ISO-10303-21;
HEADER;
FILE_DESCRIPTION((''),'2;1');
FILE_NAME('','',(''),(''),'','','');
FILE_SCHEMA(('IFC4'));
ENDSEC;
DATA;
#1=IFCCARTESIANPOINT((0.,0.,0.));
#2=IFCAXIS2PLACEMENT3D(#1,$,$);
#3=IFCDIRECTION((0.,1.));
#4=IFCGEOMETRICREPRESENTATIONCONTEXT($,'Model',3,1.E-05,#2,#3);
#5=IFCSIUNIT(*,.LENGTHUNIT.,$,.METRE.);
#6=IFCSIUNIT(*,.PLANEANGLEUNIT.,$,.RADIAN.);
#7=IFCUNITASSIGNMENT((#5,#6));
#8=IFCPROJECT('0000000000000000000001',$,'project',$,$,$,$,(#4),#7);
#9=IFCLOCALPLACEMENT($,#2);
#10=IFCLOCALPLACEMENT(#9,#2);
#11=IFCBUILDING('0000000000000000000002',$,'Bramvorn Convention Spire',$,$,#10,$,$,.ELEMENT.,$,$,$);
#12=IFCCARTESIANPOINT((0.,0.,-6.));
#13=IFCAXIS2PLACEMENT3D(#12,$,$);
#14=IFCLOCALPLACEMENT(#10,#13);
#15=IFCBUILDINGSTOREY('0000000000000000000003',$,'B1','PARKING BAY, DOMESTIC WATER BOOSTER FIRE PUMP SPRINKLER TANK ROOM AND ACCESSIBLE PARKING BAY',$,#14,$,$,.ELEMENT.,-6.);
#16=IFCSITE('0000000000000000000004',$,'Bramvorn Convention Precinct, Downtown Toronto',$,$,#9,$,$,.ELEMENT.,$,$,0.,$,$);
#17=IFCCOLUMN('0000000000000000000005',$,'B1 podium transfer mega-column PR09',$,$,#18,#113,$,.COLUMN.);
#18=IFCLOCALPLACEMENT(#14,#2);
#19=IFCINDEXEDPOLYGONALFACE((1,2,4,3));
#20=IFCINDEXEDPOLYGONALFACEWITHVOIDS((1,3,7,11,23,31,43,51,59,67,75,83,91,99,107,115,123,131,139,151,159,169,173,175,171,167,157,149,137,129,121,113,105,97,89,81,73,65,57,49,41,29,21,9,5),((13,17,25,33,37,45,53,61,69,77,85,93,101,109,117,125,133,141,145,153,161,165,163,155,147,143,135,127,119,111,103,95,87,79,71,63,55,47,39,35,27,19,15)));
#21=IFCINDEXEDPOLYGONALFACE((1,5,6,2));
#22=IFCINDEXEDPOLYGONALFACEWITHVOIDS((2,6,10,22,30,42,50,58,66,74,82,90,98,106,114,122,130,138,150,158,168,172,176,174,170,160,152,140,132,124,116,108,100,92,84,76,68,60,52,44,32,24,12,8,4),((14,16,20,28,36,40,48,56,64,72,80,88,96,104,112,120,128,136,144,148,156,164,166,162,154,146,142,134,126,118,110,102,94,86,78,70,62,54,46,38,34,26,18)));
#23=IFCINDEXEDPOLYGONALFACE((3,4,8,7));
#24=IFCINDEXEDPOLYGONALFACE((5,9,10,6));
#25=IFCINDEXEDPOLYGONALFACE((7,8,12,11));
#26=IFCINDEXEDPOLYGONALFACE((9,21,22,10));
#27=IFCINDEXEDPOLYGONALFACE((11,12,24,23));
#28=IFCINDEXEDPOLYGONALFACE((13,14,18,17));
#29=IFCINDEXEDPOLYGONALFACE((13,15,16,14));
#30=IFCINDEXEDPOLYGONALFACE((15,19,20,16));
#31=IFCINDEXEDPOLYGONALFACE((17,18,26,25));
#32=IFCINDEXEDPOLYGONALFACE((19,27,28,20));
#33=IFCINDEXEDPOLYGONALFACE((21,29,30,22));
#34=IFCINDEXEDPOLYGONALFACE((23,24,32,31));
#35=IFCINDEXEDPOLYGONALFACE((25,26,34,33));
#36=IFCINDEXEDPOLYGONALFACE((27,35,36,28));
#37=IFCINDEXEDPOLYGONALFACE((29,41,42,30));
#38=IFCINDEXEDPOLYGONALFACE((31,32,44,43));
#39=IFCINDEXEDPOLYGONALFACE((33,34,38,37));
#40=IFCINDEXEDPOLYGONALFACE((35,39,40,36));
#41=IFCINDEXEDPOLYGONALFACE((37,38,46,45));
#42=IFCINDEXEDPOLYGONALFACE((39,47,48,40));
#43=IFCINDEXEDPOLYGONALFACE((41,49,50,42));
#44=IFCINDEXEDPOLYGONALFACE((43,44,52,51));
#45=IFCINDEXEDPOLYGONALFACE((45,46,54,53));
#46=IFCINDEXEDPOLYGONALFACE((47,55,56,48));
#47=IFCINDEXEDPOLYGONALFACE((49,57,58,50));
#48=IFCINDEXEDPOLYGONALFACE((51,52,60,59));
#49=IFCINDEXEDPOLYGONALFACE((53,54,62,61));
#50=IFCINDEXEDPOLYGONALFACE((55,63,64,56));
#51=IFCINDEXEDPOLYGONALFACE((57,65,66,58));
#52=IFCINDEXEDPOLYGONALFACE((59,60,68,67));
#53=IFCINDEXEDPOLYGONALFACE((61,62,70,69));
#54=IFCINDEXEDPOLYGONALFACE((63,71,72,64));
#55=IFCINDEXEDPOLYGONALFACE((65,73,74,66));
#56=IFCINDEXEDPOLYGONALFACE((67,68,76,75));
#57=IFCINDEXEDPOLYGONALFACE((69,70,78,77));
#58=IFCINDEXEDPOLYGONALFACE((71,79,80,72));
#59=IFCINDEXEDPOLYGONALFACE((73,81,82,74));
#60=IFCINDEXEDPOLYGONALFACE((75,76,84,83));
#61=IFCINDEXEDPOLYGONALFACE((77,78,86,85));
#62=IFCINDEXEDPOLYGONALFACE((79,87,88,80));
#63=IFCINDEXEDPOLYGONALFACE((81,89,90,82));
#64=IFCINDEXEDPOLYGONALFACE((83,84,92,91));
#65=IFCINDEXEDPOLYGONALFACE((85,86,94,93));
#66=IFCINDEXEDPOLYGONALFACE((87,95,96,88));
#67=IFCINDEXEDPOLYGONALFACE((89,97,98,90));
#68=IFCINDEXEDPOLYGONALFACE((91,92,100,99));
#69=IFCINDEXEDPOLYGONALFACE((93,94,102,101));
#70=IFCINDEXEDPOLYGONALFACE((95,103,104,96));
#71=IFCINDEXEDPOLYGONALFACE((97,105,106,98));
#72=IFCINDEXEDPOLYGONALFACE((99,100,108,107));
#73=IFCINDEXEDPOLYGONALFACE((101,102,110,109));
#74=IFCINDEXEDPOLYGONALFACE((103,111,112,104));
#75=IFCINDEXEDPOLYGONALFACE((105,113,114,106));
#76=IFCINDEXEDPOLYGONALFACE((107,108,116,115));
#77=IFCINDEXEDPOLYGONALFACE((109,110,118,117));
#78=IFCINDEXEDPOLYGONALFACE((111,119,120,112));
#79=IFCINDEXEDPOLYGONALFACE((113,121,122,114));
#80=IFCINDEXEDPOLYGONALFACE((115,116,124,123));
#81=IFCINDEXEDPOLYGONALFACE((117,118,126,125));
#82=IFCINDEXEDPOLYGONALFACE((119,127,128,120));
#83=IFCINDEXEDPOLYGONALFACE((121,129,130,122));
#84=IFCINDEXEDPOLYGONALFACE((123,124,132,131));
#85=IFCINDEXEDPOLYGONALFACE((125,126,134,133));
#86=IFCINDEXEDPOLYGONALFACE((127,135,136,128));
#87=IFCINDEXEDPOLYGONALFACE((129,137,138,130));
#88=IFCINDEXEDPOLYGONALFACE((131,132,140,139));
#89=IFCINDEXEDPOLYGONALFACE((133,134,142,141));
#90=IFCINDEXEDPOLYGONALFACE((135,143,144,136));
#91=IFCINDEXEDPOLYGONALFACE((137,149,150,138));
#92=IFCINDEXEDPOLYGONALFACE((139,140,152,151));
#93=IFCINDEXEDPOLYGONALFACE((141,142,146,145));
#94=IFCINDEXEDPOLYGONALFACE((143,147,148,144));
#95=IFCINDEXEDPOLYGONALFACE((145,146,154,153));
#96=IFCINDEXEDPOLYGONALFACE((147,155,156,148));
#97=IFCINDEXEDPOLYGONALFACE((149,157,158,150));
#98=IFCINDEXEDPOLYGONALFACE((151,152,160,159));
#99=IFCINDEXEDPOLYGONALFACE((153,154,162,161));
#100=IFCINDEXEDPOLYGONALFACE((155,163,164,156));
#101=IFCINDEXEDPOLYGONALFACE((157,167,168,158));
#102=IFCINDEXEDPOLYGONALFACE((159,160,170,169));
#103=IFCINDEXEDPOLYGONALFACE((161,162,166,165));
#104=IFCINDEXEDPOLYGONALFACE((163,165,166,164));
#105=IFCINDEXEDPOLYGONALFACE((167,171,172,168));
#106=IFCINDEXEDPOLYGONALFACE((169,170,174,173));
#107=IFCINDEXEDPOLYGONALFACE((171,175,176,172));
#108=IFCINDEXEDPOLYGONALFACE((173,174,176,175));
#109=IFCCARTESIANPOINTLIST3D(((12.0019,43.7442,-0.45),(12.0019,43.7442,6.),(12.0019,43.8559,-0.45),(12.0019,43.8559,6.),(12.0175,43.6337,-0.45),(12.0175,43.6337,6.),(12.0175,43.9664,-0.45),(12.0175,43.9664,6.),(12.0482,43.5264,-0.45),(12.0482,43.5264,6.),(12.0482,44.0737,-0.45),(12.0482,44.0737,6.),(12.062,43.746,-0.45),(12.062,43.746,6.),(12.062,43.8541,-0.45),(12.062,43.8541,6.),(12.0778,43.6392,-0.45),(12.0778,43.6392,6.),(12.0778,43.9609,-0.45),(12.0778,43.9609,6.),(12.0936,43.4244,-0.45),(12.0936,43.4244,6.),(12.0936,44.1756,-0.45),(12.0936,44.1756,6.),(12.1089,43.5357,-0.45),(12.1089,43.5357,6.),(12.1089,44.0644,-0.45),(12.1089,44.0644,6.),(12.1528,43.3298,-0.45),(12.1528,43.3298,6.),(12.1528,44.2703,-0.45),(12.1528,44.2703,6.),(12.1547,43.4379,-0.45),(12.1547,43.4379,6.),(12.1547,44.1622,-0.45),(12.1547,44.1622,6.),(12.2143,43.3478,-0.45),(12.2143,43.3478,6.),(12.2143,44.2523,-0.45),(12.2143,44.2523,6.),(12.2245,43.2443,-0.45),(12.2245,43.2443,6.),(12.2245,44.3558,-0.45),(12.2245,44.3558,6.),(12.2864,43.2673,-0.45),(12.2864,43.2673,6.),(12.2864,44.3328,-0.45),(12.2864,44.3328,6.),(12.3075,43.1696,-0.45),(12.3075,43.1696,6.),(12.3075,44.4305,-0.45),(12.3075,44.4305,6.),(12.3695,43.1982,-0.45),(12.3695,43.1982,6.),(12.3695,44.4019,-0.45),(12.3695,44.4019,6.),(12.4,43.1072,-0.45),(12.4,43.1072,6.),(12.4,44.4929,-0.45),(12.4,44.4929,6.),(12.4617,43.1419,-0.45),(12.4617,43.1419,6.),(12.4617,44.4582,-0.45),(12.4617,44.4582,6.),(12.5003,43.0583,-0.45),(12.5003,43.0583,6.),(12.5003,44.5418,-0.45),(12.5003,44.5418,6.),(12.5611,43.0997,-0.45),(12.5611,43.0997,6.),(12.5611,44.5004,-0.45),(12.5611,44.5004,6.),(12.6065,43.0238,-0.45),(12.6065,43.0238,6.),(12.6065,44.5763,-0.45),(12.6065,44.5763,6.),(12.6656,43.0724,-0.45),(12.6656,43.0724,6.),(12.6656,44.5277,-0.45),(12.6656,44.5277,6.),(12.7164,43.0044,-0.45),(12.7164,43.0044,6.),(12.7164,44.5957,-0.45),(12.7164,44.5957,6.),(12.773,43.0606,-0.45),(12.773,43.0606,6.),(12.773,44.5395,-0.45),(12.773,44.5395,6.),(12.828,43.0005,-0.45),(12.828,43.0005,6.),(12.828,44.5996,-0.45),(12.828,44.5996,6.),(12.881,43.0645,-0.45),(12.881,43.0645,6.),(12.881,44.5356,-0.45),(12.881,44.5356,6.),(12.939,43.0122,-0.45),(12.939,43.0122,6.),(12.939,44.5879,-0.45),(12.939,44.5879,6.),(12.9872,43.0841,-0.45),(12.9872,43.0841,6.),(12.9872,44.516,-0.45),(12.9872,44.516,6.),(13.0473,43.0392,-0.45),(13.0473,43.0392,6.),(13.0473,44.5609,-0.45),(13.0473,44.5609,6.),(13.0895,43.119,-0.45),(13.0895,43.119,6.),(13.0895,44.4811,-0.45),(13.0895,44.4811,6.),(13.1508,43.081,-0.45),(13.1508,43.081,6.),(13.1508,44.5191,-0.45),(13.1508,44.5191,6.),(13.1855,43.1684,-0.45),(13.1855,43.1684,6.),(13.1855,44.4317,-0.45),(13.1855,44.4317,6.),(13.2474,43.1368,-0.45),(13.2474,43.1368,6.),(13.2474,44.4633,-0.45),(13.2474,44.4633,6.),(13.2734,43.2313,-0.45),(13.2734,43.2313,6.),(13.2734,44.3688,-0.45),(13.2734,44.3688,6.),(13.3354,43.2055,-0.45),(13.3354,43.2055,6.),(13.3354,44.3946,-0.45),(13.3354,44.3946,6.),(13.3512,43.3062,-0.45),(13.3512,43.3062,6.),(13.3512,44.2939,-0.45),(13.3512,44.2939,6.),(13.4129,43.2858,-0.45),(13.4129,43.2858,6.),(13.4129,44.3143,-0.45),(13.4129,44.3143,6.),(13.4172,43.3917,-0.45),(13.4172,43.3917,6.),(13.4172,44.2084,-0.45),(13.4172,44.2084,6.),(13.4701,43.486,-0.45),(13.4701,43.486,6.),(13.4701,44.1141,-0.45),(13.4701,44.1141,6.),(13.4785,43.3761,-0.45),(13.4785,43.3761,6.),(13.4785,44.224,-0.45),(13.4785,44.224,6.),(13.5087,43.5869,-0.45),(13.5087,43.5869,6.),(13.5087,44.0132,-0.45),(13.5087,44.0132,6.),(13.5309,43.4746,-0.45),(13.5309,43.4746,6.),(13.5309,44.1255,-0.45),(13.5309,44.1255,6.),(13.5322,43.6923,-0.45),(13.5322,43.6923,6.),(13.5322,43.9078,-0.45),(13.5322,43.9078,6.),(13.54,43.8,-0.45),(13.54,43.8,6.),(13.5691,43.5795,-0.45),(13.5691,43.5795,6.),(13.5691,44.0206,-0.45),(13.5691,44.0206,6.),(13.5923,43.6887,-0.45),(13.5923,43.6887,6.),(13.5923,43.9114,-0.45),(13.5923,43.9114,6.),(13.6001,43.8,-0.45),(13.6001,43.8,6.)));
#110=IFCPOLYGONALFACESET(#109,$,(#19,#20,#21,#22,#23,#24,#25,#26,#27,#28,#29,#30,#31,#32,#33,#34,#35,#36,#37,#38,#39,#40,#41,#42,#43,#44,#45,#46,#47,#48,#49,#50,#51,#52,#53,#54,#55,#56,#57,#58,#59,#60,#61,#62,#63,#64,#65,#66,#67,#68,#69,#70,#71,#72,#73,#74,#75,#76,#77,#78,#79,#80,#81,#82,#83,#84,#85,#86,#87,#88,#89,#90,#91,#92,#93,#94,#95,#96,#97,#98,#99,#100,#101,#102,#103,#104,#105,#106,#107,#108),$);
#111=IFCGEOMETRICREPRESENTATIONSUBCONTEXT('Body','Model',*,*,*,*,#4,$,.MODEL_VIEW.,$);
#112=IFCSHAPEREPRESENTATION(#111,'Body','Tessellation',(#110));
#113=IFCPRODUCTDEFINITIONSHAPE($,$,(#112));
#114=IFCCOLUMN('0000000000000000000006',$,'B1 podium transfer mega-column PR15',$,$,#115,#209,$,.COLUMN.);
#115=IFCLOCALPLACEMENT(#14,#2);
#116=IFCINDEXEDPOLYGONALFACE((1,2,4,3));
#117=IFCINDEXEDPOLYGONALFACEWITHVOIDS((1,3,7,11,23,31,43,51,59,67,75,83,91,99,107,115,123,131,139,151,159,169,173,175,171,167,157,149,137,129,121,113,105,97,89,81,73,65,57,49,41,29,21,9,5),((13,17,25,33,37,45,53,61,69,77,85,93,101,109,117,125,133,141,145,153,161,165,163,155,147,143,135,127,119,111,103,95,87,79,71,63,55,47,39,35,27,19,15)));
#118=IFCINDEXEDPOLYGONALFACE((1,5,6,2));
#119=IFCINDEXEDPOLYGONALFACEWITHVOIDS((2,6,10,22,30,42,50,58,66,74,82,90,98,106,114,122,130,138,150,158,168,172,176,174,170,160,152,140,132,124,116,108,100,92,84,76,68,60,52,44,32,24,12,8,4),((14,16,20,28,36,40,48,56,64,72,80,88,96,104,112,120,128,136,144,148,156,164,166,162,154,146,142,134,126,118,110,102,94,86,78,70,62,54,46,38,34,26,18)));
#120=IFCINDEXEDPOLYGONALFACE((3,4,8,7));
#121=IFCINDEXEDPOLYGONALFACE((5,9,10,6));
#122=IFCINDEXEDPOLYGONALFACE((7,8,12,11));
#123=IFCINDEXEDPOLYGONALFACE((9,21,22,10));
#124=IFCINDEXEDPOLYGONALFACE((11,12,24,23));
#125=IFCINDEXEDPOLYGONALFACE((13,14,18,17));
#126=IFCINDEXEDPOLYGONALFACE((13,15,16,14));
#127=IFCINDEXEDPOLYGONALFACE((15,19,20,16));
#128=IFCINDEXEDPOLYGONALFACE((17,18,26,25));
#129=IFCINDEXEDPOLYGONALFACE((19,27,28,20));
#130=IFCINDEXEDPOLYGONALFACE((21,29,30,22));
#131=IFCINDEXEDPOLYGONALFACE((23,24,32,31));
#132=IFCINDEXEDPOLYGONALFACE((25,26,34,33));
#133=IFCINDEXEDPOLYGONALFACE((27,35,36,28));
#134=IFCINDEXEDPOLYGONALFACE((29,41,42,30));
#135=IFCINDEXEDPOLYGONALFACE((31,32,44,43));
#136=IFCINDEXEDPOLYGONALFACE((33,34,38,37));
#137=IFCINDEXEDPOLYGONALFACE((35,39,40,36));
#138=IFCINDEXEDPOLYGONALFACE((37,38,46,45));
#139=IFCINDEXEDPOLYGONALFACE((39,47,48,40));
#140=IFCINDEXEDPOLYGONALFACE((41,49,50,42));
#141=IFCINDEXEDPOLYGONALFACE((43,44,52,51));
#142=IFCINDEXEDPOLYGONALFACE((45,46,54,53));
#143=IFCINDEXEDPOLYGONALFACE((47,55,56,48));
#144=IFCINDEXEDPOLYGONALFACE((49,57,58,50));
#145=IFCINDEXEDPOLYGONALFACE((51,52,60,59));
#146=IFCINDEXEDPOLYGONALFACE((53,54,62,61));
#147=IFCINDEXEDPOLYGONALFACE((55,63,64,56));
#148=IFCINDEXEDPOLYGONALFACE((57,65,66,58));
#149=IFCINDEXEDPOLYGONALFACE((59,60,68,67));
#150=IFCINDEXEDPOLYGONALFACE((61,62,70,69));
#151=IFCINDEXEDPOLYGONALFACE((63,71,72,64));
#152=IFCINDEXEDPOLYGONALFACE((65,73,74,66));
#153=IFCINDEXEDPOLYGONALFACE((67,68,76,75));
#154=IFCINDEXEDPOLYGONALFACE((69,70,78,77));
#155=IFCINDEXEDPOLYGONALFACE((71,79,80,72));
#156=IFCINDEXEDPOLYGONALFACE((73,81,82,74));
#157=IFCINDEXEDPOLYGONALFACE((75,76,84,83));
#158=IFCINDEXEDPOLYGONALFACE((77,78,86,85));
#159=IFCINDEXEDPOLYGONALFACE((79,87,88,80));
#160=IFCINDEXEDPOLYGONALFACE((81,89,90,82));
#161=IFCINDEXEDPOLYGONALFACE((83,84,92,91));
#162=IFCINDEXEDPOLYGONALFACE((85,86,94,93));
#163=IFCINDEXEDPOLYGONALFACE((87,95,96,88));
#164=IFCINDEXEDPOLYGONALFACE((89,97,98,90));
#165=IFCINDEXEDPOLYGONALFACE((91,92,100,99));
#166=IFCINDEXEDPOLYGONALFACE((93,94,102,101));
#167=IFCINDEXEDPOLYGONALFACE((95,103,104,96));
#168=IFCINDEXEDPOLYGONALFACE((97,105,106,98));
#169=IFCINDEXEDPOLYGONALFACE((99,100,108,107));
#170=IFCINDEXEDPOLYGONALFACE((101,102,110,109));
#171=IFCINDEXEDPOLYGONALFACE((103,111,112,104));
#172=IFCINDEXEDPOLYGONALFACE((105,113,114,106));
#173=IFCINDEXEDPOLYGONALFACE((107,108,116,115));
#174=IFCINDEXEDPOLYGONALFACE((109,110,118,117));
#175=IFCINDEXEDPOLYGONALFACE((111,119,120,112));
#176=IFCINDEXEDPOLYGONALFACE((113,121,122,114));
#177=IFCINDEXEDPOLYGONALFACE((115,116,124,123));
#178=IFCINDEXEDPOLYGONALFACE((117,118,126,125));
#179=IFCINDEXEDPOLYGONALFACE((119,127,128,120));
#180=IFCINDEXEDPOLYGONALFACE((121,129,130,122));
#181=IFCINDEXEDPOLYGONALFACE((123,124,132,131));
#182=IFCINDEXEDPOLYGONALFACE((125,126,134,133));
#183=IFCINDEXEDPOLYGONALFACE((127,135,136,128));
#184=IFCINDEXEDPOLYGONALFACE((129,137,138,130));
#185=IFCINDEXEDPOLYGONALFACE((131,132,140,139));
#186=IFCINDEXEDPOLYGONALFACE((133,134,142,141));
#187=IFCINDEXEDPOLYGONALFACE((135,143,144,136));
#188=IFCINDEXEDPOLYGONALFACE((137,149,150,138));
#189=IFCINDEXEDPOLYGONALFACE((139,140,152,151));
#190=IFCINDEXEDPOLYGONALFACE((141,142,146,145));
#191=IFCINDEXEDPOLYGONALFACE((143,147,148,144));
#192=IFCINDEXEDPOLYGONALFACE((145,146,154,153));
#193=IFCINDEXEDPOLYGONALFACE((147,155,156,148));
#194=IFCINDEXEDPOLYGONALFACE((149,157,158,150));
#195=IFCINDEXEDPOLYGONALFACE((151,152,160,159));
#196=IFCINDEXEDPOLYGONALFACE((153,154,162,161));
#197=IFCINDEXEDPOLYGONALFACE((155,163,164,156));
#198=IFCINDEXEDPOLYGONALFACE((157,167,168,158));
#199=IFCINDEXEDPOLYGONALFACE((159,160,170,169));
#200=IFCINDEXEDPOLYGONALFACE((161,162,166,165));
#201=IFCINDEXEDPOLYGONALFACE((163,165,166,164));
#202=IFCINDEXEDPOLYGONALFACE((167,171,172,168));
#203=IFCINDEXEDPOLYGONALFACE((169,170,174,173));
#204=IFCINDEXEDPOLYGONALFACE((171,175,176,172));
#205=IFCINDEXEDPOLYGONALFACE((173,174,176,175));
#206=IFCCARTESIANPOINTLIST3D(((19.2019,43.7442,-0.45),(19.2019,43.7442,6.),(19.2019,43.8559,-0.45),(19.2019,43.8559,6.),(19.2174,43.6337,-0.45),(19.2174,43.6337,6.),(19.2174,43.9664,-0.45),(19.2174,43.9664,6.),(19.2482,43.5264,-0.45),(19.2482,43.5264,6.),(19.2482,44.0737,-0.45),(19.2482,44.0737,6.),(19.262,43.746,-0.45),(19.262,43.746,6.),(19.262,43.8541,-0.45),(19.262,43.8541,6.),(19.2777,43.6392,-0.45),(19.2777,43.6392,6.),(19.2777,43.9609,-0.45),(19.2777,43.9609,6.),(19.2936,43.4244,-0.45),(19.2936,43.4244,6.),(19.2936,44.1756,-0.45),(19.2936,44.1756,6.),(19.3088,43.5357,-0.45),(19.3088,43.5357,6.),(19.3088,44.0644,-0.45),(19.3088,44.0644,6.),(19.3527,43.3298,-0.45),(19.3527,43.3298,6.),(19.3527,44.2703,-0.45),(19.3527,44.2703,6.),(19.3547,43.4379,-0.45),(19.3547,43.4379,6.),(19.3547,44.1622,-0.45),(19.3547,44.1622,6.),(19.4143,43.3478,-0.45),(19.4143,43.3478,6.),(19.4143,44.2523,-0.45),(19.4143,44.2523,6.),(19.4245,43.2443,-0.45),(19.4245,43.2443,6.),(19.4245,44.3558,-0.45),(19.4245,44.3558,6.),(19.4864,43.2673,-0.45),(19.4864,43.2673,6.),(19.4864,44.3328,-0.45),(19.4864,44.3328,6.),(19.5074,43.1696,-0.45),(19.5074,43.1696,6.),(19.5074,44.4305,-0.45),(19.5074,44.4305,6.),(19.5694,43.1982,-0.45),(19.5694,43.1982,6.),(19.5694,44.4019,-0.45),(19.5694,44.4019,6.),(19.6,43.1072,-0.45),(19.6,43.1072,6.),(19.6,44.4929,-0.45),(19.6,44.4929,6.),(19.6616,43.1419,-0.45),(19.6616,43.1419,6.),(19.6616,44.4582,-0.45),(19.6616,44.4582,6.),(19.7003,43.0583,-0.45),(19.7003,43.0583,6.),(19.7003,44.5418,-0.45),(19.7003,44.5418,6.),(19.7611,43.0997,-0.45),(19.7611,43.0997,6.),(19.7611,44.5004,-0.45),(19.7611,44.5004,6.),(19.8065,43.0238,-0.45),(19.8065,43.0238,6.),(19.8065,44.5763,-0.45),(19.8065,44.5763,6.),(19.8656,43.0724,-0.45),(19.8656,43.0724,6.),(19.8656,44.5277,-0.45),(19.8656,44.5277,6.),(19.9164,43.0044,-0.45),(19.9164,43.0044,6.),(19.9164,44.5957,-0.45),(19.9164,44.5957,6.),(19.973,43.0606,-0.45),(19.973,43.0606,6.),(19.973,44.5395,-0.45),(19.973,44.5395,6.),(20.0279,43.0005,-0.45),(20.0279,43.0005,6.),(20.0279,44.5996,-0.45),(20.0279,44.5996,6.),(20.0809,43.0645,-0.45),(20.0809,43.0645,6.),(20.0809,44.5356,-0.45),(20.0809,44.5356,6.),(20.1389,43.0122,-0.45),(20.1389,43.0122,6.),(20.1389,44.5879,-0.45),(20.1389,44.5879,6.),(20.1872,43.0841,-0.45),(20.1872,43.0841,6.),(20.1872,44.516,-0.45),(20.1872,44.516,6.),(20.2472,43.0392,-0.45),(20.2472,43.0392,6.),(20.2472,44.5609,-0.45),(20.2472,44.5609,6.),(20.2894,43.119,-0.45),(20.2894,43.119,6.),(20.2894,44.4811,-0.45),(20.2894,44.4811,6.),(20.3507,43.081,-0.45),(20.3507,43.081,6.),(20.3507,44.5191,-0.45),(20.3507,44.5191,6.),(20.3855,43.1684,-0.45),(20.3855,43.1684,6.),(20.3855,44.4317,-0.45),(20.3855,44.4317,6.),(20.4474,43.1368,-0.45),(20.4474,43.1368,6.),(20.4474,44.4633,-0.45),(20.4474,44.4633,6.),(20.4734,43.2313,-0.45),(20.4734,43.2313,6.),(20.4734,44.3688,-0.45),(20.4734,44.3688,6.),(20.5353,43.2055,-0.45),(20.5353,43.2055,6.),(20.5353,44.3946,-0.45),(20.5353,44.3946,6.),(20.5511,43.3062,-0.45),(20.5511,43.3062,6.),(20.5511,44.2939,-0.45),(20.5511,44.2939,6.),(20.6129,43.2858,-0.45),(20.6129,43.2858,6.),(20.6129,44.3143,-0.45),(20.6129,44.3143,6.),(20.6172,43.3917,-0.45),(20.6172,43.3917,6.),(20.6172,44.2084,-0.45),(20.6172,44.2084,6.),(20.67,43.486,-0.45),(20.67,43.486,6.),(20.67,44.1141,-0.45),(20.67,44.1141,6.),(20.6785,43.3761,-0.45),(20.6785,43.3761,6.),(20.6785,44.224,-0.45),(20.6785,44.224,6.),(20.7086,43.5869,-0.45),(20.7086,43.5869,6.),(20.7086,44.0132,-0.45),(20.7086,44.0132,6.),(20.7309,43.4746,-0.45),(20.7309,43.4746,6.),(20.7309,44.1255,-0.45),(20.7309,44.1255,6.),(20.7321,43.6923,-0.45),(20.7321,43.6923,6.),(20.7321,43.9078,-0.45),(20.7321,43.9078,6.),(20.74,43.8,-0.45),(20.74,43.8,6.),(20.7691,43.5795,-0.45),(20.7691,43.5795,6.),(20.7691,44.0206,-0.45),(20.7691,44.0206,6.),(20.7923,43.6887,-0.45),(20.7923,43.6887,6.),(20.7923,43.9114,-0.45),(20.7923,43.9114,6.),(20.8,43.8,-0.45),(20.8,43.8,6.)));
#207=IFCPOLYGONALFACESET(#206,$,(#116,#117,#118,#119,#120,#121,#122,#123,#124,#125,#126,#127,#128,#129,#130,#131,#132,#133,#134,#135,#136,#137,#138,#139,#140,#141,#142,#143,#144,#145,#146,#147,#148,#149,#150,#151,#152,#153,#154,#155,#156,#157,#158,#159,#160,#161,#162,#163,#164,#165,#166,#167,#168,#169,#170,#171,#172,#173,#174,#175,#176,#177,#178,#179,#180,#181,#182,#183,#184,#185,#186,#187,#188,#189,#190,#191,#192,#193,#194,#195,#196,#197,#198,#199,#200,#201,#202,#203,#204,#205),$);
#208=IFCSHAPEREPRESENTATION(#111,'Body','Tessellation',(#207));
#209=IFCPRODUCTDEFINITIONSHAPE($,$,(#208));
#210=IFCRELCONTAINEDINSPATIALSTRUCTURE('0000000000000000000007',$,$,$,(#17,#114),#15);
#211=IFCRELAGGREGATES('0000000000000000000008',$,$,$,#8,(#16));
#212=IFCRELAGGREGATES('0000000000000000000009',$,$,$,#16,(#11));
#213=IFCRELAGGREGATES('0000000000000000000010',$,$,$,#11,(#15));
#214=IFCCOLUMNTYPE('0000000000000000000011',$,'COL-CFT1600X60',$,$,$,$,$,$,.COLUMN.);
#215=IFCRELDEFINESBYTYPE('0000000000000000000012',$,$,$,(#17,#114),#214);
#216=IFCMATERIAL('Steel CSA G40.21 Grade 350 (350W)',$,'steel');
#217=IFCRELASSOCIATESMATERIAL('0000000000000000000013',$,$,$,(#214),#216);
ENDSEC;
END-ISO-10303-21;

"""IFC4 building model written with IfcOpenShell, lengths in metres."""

from ifc_helpers import new_model, si_unit, direction, frame, origin, origin_2d, place, context, subcontext, project, spatial, hollow_circle, extrude, material, material_profile, profile_set, type_object, element, save


model = new_model("IFC4")

# Units and contexts
model_context = context("Model", 3, precision=1e-05, world=origin(), true_north=direction((0.0, 1.0)))
body_context = subcontext(model_context, "Body", "Model", "MODEL_VIEW")
ifc_project = project(units=[si_unit("LENGTHUNIT", "METRE"), si_unit("PLANEANGLEUNIT", "RADIAN")], contexts=[model_context])

# Site, building, storey
site_placement = place(None, origin())
site = spatial("IfcSite", under=ifc_project, at=site_placement, Name="Bramvorn Convention Precinct, Downtown Toronto", CompositionType="ELEMENT", RefElevation=0.0)
building_placement = place(site_placement, origin())
building = spatial("IfcBuilding", under=site, at=building_placement, Name="Bramvorn Convention Spire", CompositionType="ELEMENT")
storey_placement = place(building_placement, frame((0.0, 0.0, -6.0)))
storey = spatial("IfcBuildingStorey", under=building, at=storey_placement, Name="B1", Description="PARKING BAY, DOMESTIC WATER BOOSTER FIRE PUMP SPRINKLER TANK ROOM AND ACCESSIBLE PARKING BAY", CompositionType="ELEMENT", Elevation=-6.0)

# Columns
ifc_material_1 = material(Name="Steel CSA G40.21 Grade 350 (350W)", Category="steel")
ifc_material_profile_1 = material_profile(ifc_material_1, hollow_circle(Radius=0.8, WallThickness=0.0601, at=origin_2d()))
ifc_profile_set_1 = profile_set([ifc_material_profile_1], Name="Steel CSA G40.21 Grade 350 (350W) - CFT1600X60")
column_type_1 = type_object("IfcColumnType", Name="COL-CFT1600X60", PredefinedType="COLUMN", material=ifc_profile_set_1)
for number, where, z_axis, x_axis, name in (
    (1, (12.8, 43.8, -0.45), (0.0, 0.0, 1.0), (1.0, 0.0, 0.0), "B1 podium transfer mega-column PR09"),
    (2, (20.0, 43.8, -0.45), (0.0, 0.0, 1.0), (1.0, 0.0, 0.0), "B1 podium transfer mega-column PR15"),
):
    element("IfcColumn", number, at=place(storey_placement, frame(where, z_axis=z_axis, x_axis=x_axis)), inside=storey, type_object=column_type_1, Name=name, PredefinedType="COLUMN", context=body_context, shape_type="SweptSolid", body=[
        extrude(hollow_circle(Radius=0.8, WallThickness=0.0601, at=origin_2d()), origin(), (0.0, 0.0, 1.0), 6.45),
    ])

save(model, "model.ifc")
